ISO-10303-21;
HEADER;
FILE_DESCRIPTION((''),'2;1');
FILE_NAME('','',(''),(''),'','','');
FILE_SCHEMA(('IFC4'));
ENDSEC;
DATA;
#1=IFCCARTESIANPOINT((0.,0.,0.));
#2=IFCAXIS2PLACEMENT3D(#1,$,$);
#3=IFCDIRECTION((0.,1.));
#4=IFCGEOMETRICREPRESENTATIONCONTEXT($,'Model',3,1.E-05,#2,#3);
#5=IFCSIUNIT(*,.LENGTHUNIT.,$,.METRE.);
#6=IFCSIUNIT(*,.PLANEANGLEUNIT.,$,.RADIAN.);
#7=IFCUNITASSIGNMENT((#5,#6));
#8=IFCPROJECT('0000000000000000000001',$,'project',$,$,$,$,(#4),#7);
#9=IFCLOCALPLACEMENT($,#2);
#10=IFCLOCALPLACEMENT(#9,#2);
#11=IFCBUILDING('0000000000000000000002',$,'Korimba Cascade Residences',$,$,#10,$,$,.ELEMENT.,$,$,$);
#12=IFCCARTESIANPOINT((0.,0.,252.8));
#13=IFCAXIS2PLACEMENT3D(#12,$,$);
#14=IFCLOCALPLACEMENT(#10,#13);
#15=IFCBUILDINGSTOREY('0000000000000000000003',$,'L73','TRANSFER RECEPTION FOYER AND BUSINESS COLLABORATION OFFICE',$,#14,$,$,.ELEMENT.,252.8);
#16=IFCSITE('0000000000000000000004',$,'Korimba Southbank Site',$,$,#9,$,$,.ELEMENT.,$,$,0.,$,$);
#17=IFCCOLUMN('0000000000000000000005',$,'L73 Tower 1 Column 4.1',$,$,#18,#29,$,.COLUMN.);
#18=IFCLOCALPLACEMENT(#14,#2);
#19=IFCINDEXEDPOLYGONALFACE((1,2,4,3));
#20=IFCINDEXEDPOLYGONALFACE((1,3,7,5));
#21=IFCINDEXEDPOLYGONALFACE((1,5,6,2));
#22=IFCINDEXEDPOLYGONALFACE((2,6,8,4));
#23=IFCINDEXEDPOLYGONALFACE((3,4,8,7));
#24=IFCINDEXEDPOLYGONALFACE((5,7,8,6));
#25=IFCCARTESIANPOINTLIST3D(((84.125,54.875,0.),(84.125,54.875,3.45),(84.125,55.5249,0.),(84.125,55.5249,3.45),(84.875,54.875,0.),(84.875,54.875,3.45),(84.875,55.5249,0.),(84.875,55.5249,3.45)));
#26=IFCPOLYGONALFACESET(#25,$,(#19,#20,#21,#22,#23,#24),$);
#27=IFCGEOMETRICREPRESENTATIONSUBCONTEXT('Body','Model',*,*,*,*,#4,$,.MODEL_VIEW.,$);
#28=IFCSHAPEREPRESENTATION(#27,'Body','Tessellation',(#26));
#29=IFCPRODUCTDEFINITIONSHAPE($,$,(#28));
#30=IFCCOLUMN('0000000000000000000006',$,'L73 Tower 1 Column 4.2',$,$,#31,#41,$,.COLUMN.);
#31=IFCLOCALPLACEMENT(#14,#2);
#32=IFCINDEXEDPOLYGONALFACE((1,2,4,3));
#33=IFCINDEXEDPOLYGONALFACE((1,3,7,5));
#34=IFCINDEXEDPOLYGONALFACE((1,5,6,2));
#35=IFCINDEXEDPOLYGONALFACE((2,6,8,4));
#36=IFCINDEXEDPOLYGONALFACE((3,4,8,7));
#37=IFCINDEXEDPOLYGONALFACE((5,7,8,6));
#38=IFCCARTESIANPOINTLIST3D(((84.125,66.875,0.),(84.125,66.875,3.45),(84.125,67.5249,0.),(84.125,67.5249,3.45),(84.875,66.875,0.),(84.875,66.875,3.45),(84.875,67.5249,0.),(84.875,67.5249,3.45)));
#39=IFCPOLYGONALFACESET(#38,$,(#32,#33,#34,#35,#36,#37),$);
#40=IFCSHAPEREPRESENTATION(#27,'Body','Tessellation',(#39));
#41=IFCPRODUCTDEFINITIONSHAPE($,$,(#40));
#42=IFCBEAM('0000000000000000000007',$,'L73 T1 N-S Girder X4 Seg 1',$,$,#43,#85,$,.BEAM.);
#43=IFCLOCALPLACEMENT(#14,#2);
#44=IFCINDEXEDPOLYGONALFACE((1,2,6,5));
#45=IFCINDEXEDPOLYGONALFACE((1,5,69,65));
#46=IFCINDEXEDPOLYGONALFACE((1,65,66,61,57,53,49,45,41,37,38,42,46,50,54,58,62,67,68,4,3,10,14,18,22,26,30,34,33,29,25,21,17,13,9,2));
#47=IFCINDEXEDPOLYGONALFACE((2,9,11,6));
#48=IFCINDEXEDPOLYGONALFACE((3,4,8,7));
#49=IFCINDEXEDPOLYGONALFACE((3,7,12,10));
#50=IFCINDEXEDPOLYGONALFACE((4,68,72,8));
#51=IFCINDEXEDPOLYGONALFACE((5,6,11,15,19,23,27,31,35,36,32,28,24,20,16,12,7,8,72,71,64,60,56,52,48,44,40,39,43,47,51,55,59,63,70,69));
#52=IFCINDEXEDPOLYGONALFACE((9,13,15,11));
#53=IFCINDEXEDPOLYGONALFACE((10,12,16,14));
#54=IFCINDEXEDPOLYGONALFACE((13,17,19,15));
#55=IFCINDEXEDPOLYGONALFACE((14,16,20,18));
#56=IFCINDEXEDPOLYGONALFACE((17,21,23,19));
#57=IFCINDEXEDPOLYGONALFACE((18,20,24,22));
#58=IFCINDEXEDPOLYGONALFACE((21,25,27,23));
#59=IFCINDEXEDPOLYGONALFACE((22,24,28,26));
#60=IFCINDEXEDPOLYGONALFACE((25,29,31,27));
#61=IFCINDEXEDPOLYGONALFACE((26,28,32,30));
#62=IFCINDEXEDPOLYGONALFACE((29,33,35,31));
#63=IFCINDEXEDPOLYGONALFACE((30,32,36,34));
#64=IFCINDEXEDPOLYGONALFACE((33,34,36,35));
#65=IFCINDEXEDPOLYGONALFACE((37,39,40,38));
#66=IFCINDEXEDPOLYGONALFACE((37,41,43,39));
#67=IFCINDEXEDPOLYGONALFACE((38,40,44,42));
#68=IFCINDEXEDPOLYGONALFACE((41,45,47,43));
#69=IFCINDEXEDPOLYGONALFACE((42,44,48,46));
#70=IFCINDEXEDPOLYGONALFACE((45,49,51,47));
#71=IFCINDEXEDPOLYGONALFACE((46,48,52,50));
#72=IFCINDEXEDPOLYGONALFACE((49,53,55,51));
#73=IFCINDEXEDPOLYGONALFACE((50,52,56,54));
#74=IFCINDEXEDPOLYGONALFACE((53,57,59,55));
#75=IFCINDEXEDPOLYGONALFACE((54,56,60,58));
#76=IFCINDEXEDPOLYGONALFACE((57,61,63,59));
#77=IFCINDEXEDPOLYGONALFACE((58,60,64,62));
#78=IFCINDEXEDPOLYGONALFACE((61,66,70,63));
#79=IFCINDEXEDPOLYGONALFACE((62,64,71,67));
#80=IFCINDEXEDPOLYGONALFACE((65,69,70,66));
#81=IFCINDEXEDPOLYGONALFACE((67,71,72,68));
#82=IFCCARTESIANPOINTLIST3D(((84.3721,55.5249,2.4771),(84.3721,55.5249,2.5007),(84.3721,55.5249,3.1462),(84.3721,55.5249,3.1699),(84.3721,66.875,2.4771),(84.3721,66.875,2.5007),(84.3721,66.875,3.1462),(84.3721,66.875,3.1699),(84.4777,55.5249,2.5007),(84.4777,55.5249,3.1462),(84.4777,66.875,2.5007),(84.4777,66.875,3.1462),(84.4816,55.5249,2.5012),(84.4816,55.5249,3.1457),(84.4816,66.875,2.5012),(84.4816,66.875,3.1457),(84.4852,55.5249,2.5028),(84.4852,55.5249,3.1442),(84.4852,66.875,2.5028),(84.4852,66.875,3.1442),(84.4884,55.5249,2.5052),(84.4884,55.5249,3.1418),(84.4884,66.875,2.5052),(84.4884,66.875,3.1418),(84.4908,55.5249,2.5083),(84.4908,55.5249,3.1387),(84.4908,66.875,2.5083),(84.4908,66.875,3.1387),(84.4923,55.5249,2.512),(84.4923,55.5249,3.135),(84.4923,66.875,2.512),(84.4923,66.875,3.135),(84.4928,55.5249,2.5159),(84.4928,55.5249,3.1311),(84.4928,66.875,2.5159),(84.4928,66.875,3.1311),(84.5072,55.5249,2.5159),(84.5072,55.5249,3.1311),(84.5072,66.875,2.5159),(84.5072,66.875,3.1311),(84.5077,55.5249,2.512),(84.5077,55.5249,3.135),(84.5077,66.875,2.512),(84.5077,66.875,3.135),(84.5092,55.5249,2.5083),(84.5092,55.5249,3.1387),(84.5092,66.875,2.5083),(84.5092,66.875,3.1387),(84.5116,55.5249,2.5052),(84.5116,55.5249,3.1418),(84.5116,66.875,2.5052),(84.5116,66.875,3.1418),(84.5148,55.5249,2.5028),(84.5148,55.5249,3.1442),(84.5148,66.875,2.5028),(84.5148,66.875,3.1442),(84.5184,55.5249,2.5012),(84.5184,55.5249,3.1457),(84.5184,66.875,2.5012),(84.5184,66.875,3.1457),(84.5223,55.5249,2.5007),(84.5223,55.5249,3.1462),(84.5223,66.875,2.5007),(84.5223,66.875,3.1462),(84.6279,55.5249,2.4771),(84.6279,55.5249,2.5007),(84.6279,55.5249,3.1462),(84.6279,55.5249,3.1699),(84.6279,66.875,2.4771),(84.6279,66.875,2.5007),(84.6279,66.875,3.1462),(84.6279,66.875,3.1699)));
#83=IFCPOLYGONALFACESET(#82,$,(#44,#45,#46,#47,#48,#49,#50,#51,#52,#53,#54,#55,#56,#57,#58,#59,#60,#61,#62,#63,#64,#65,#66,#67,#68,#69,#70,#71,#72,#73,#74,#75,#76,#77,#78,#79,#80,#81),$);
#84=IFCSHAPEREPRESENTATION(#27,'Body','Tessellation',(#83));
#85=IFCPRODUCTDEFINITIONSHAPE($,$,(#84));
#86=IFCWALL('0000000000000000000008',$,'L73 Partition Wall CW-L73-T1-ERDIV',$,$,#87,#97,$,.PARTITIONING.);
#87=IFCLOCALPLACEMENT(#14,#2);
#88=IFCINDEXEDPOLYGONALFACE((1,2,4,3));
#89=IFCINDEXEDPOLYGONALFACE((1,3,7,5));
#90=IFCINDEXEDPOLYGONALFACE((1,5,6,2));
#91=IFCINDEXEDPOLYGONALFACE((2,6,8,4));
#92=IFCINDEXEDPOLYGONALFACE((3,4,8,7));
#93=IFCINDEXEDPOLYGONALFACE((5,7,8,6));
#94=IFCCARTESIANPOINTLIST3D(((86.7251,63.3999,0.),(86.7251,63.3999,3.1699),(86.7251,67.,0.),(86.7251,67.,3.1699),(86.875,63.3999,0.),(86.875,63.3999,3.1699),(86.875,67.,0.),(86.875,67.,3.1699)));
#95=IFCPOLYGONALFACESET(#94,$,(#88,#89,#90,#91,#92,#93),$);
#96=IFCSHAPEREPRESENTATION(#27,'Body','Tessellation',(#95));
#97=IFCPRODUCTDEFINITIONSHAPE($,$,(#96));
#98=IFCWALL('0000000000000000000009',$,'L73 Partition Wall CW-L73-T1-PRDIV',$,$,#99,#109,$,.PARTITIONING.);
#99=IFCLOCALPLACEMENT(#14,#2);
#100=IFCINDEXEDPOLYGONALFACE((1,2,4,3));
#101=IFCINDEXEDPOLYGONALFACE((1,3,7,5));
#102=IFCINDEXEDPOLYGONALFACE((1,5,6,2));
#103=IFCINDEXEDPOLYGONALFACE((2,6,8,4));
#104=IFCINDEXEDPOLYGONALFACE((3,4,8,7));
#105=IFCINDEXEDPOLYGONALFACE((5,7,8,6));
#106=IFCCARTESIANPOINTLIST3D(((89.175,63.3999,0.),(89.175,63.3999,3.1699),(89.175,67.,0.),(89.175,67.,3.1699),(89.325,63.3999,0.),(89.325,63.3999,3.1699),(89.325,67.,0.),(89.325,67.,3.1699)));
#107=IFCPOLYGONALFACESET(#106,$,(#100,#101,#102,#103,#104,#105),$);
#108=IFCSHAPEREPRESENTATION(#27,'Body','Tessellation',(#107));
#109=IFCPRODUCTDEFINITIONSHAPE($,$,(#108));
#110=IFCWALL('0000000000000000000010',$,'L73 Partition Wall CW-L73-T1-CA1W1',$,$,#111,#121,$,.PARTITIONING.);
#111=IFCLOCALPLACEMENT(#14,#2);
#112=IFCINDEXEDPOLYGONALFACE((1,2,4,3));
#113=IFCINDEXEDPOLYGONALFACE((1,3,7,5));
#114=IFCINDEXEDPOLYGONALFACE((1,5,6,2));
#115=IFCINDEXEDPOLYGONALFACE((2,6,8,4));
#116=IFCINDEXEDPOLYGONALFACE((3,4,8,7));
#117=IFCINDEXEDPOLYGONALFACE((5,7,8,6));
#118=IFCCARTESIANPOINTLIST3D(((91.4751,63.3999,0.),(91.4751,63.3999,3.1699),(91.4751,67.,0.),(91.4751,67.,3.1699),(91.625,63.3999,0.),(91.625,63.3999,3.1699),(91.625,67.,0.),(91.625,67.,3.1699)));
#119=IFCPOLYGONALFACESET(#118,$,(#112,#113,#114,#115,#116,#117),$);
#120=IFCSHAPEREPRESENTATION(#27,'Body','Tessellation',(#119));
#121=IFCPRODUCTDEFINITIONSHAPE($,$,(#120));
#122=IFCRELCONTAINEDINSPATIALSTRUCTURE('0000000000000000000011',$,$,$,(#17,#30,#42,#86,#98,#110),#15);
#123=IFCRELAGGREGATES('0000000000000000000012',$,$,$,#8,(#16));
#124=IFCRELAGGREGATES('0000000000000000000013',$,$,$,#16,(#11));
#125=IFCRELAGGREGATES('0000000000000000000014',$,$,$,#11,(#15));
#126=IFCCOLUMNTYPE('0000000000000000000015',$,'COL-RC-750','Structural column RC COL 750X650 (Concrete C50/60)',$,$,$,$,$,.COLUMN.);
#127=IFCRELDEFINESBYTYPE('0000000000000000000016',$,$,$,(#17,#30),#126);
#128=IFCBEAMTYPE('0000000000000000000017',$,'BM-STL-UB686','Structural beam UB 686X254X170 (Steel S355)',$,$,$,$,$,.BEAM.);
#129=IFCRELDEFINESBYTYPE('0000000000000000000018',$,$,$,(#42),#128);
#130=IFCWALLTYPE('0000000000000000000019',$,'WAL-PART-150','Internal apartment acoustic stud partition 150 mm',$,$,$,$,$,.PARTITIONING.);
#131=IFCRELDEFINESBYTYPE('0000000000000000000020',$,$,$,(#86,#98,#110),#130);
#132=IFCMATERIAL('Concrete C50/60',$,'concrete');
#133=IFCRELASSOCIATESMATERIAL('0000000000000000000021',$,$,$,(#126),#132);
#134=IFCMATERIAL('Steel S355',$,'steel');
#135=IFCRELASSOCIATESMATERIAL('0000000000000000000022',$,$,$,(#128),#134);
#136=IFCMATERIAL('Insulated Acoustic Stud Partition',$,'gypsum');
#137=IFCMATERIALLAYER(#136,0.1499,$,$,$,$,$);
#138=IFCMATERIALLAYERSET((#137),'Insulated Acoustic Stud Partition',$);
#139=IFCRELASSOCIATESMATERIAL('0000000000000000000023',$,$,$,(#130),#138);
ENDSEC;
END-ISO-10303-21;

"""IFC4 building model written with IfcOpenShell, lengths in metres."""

from ifc_helpers import new_model, si_unit, direction, frame, frame_2d, origin, origin_2d, place, context, subcontext, project, spatial, rectangle, i_section, extrude, material, layer, layer_set, material_profile, profile_set, type_object, element, save


model = new_model("IFC4")

# Units and contexts
model_context = context("Model", 3, precision=1e-05, world=origin(), true_north=direction((0.0, 1.0)))
body_context = subcontext(model_context, "Body", "Model", "MODEL_VIEW")
ifc_project = project(units=[si_unit("LENGTHUNIT", "METRE"), si_unit("PLANEANGLEUNIT", "RADIAN")], contexts=[model_context])

# Site, building, storey
site_placement = place(None, origin())
site = spatial("IfcSite", under=ifc_project, at=site_placement, Name="Korimba Southbank Site", CompositionType="ELEMENT", RefElevation=0.0)
building_placement = place(site_placement, origin())
building = spatial("IfcBuilding", under=site, at=building_placement, Name="Korimba Cascade Residences", CompositionType="ELEMENT")
storey_placement = place(building_placement, frame((0.0, 0.0, 252.8)))
storey = spatial("IfcBuildingStorey", under=building, at=storey_placement, Name="L73", Description="TRANSFER RECEPTION FOYER AND BUSINESS COLLABORATION OFFICE", CompositionType="ELEMENT", Elevation=252.8)

# Columns
ifc_material_1 = material(Name="Concrete C50/60", Category="concrete")
ifc_material_profile_1 = material_profile(ifc_material_1, rectangle(XDim=0.75, YDim=0.6499, at=origin_2d()), Name="Concrete C50/60")
ifc_profile_set_1 = profile_set([ifc_material_profile_1], Name="Concrete C50/60")
column_type = type_object("IfcColumnType", Name="COL-RC-750", Description="Structural column RC COL 750X650 (Concrete C50/60)", PredefinedType="COLUMN", material=ifc_profile_set_1)
for number, where, z_axis, x_axis, name in (
    (1, (84.5, 55.2, 0.0), (0.0, 0.0, 1.0), (1.0, 0.0, 0.0), "L73 Tower 1 Column 4.1"),
    (2, (84.5, 67.2, 0.0), (0.0, 0.0, 1.0), (1.0, 0.0, 0.0), "L73 Tower 1 Column 4.2"),
):
    element("IfcColumn", number, at=place(storey_placement, frame(where, z_axis=z_axis, x_axis=x_axis)), inside=storey, type_object=column_type, Name=name, PredefinedType="COLUMN", context=body_context, shape_type="SweptSolid", body=[
        extrude(rectangle(XDim=0.75, YDim=0.6499, at=origin_2d()), origin(), (0.0, 0.0, 1.0), 3.45),
    ])

# Beam
ifc_material_2 = material(Name="Steel S355", Category="steel")
ifc_material_profile_2 = material_profile(ifc_material_2, i_section(OverallWidth=0.2559, OverallDepth=0.6929, WebThickness=0.0144, FlangeThickness=0.0237, FilletRadius=0.0151, at=origin_2d()), Name="Steel S355")
ifc_profile_set_2 = profile_set([ifc_material_profile_2], Name="Steel S355")
beam_type = type_object("IfcBeamType", Name="BM-STL-UB686", Description="Structural beam UB 686X254X170 (Steel S355)", PredefinedType="BEAM", material=ifc_profile_set_2)
beam_placement = place(storey_placement, frame((84.5, 55.5249, 2.8235), z_axis=(0.0, 1.0, 0.0), x_axis=(-1.0, 0.0, 0.0)))
element("IfcBeam", 3, at=beam_placement, inside=storey, type_object=beam_type, Name="L73 T1 N-S Girder X4 Seg 1", PredefinedType="BEAM", context=body_context, shape_type="SweptSolid", body=[
    extrude(i_section(OverallWidth=0.2559, OverallDepth=0.6929, WebThickness=0.0144, FlangeThickness=0.0237, FilletRadius=0.0151, at=origin_2d()), origin(), (0.0, 0.0, 1.0), 11.3501),
])

# Walls
ifc_material_3 = material(Name="Insulated Acoustic Stud Partition", Category="gypsum")
ifc_layer_1 = layer(ifc_material_3, 0.1499)
ifc_layer_set_1 = layer_set([ifc_layer_1], Name="Insulated Acoustic Stud Partition")
wall_type_1 = type_object("IfcWallType", Name="WAL-PART-150", Description="Internal apartment acoustic stud partition 150 mm", PredefinedType="PARTITIONING", material=ifc_layer_set_1)
for number, where, z_axis, x_axis, name in (
    (4, (86.8, 63.3999, 0.0), (0.0, 0.0, 1.0), (0.0, 1.0, 0.0), "L73 Partition Wall CW-L73-T1-ERDIV"),
    (5, (89.25, 63.3999, 0.0), (0.0, 0.0, 1.0), (0.0, 1.0, 0.0), "L73 Partition Wall CW-L73-T1-PRDIV"),
    (6, (91.55, 63.3999, 0.0), (0.0, 0.0, 1.0), (0.0, 1.0, 0.0), "L73 Partition Wall CW-L73-T1-CA1W1"),
):
    element("IfcWall", number, at=place(storey_placement, frame(where, z_axis=z_axis, x_axis=x_axis)), inside=storey, type_object=wall_type_1, Name=name, PredefinedType="PARTITIONING", context=body_context, shape_type="SweptSolid", body=[
        extrude(rectangle(XDim=3.6001, YDim=0.1499, at=frame_2d((1.8, 0.0))), origin(), (0.0, 0.0, 1.0), 3.1699),
    ])

save(model, "model.ifc")
